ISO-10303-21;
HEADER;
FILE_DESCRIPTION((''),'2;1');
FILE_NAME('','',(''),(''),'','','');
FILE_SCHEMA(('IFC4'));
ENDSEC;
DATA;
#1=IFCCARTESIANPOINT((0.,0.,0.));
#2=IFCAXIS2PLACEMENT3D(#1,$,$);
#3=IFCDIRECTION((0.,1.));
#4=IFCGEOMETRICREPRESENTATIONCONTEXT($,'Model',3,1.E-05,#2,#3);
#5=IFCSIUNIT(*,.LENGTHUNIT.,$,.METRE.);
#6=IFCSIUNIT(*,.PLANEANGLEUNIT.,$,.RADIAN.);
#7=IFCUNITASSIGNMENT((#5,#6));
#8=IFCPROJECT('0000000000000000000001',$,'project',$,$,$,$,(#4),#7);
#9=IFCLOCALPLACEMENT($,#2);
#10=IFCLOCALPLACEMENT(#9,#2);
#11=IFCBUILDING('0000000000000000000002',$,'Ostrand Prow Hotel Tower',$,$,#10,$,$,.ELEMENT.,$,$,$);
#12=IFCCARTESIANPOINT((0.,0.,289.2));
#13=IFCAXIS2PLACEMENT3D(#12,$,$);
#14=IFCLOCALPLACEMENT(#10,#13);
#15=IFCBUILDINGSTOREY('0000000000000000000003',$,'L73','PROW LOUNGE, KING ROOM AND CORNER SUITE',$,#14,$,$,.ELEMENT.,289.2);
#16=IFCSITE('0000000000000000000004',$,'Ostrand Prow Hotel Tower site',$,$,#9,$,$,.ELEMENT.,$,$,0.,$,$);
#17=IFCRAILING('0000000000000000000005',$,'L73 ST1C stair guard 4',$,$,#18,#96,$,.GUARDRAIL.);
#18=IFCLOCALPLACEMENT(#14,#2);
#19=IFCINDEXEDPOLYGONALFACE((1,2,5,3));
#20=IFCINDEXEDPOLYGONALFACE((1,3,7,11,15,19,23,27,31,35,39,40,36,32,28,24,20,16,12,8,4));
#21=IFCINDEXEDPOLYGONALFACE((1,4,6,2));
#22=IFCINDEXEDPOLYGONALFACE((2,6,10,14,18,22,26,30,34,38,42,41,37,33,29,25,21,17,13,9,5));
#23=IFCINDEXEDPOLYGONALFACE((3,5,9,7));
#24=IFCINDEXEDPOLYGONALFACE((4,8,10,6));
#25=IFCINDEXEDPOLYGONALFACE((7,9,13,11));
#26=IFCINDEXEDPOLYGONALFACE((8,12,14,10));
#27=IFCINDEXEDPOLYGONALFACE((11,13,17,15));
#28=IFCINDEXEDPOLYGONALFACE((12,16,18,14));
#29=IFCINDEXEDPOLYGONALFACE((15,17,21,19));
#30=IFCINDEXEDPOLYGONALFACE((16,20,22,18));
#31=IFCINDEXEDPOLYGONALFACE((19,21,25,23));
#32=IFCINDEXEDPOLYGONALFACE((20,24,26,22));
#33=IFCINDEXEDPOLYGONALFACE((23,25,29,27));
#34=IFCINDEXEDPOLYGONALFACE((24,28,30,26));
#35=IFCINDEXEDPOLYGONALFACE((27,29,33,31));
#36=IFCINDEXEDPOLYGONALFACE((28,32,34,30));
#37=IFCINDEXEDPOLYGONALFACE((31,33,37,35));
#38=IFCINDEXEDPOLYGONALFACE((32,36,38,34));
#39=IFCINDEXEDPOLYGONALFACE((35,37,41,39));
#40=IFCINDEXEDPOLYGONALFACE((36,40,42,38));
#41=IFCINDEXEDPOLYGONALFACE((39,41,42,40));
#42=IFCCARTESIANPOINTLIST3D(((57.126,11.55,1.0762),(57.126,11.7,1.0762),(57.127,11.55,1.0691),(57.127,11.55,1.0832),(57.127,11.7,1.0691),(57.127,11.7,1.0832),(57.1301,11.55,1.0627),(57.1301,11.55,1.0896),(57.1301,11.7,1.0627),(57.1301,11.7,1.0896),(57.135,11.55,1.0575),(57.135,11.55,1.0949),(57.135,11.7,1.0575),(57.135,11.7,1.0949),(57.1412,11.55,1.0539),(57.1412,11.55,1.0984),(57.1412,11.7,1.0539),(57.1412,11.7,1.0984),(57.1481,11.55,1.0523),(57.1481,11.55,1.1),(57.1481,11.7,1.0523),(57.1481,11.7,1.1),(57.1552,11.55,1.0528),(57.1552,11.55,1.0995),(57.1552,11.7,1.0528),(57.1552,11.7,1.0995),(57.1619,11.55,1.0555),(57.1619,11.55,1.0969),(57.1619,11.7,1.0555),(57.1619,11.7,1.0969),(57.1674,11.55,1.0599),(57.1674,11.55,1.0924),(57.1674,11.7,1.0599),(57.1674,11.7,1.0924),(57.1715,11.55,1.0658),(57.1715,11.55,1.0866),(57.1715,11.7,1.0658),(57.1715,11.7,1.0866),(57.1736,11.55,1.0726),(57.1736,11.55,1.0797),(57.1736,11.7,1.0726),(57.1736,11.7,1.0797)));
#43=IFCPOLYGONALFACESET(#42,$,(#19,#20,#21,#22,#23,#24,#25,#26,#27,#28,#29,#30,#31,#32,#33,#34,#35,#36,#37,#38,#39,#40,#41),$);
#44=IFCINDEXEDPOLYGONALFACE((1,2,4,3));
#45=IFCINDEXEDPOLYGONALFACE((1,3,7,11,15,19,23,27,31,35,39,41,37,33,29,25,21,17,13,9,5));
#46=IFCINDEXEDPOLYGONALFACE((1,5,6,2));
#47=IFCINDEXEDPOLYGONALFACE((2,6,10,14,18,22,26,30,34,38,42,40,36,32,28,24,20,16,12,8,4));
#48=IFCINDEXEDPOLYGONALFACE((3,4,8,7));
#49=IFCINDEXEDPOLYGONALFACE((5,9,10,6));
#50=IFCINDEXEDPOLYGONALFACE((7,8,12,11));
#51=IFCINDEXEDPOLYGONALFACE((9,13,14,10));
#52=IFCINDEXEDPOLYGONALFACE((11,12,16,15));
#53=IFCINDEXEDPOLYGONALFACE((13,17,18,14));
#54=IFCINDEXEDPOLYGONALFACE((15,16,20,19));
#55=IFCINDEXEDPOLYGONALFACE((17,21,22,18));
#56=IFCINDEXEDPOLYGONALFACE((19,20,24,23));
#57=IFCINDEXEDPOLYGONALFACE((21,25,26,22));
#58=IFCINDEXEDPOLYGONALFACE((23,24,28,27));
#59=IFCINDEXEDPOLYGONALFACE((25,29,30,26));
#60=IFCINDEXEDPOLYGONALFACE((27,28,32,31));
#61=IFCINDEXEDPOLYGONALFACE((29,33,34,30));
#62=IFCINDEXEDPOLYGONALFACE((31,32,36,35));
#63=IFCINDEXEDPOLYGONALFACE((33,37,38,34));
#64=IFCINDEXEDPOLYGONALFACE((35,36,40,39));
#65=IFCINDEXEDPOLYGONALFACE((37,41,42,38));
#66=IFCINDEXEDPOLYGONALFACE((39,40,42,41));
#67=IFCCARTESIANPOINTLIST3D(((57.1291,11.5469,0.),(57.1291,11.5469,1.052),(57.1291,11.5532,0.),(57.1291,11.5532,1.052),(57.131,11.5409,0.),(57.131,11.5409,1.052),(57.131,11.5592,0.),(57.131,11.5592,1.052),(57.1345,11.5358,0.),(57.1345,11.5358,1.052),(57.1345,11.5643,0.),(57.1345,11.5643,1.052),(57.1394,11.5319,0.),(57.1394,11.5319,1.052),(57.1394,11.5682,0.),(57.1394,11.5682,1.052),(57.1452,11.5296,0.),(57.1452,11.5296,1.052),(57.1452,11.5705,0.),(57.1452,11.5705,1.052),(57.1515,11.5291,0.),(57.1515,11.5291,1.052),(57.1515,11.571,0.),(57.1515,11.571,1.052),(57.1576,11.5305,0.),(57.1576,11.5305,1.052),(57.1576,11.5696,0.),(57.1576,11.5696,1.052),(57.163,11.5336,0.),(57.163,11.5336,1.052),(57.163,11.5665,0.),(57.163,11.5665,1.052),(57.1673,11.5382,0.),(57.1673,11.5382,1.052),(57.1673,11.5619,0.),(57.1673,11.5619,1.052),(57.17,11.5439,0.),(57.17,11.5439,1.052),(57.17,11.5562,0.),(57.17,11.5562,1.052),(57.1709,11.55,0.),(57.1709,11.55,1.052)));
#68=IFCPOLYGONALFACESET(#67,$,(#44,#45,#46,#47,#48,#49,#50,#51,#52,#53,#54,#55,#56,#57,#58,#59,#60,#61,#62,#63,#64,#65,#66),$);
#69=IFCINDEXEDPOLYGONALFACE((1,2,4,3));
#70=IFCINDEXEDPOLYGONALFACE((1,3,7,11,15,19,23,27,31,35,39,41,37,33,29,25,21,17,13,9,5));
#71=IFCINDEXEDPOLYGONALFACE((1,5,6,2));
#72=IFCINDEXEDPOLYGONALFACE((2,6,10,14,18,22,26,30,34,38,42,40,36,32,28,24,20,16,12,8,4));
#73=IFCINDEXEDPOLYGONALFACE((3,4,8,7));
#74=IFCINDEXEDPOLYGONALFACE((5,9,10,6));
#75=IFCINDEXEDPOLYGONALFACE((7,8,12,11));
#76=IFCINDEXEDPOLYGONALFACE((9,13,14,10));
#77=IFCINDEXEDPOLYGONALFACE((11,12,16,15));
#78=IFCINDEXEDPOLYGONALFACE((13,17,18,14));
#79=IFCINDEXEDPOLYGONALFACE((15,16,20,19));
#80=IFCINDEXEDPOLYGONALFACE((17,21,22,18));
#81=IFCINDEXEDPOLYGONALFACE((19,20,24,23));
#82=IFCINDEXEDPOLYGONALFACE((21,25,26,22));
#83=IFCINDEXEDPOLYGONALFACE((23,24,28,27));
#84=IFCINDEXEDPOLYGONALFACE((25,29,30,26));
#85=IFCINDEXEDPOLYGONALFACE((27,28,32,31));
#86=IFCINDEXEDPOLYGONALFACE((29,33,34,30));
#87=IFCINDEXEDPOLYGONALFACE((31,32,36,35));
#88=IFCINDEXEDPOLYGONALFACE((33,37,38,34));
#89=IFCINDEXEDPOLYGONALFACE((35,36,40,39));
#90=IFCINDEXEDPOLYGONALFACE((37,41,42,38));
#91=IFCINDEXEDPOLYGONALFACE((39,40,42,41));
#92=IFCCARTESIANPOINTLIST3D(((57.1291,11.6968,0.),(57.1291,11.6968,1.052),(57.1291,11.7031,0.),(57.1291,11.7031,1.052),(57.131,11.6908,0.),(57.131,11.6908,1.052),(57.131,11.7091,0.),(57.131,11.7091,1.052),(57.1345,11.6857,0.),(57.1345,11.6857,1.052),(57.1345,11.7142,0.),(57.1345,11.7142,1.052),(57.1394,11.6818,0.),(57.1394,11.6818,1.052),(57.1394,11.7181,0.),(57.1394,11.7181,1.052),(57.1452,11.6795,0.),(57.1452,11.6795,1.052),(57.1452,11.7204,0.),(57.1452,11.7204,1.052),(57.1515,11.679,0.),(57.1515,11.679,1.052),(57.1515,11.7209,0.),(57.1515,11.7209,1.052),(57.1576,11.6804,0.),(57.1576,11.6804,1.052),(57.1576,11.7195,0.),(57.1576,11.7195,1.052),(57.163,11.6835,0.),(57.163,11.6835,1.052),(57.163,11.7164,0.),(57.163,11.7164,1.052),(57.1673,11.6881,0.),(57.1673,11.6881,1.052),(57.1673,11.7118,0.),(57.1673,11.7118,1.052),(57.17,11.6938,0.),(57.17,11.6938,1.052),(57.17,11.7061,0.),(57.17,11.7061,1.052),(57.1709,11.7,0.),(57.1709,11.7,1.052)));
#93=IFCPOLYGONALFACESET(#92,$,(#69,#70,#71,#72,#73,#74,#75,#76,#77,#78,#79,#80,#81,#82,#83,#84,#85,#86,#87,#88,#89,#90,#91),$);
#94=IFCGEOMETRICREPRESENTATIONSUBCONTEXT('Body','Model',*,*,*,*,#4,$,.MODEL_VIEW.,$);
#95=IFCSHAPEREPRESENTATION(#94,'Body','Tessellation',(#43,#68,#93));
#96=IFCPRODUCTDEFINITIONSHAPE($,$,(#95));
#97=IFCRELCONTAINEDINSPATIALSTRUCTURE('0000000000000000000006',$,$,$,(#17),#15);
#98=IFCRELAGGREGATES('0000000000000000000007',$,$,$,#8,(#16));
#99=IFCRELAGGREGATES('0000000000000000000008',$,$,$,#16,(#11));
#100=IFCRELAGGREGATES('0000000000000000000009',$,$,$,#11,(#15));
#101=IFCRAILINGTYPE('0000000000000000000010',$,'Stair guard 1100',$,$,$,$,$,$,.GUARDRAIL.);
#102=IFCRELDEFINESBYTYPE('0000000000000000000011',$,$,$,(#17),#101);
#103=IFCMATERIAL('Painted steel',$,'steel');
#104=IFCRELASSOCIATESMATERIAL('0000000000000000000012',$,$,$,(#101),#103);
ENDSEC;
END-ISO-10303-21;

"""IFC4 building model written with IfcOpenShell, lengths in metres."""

from ifc_helpers import new_model, si_unit, direction, frame, origin, origin_2d, place, context, subcontext, project, spatial, circle, extrude, material, type_object, element, save


model = new_model("IFC4")

# Units and contexts
model_context = context("Model", 3, precision=1e-05, world=origin(), true_north=direction((0.0, 1.0)))
body_context = subcontext(model_context, "Body", "Model", "MODEL_VIEW")
ifc_project = project(units=[si_unit("LENGTHUNIT", "METRE"), si_unit("PLANEANGLEUNIT", "RADIAN")], contexts=[model_context])

# Site, building, storey
site_placement = place(None, origin())
site = spatial("IfcSite", under=ifc_project, at=site_placement, Name="Ostrand Prow Hotel Tower site", CompositionType="ELEMENT", RefElevation=0.0)
building_placement = place(site_placement, origin())
building = spatial("IfcBuilding", under=site, at=building_placement, Name="Ostrand Prow Hotel Tower", CompositionType="ELEMENT")
storey_placement = place(building_placement, frame((0.0, 0.0, 289.2)))
storey = spatial("IfcBuildingStorey", under=building, at=storey_placement, Name="L73", Description="PROW LOUNGE, KING ROOM AND CORNER SUITE", CompositionType="ELEMENT", Elevation=289.2)

# Railing
ifc_material_1 = material(Name="Painted steel", Category="steel")
railing_type_1 = type_object("IfcRailingType", Name="Stair guard 1100", PredefinedType="GUARDRAIL", material=ifc_material_1)
railing_1_placement = place(storey_placement, frame((57.1499, 11.55, 0.0)))
element("IfcRailing", 1, at=railing_1_placement, inside=storey, type_object=railing_type_1, Name="L73 ST1C stair guard 4", PredefinedType="GUARDRAIL", context=body_context, shape_type="SweptSolid", body=[
    extrude(circle(Radius=0.0239, at=origin_2d()), frame((0.0, 0.0, 1.0762), z_axis=(0.0, 1.0, 0.0), x_axis=(-1.0, 0.0, 0.0)), (0.0, 0.0, 1.0), 0.1499),
    extrude(circle(Radius=0.021, at=origin_2d()), origin(), (0.0, 0.0, 1.0), 1.052),
    extrude(circle(Radius=0.021, at=origin_2d()), frame((0.0, 0.1499, 0.0)), (0.0, 0.0, 1.0), 1.052),
])

save(model, "model.ifc")
